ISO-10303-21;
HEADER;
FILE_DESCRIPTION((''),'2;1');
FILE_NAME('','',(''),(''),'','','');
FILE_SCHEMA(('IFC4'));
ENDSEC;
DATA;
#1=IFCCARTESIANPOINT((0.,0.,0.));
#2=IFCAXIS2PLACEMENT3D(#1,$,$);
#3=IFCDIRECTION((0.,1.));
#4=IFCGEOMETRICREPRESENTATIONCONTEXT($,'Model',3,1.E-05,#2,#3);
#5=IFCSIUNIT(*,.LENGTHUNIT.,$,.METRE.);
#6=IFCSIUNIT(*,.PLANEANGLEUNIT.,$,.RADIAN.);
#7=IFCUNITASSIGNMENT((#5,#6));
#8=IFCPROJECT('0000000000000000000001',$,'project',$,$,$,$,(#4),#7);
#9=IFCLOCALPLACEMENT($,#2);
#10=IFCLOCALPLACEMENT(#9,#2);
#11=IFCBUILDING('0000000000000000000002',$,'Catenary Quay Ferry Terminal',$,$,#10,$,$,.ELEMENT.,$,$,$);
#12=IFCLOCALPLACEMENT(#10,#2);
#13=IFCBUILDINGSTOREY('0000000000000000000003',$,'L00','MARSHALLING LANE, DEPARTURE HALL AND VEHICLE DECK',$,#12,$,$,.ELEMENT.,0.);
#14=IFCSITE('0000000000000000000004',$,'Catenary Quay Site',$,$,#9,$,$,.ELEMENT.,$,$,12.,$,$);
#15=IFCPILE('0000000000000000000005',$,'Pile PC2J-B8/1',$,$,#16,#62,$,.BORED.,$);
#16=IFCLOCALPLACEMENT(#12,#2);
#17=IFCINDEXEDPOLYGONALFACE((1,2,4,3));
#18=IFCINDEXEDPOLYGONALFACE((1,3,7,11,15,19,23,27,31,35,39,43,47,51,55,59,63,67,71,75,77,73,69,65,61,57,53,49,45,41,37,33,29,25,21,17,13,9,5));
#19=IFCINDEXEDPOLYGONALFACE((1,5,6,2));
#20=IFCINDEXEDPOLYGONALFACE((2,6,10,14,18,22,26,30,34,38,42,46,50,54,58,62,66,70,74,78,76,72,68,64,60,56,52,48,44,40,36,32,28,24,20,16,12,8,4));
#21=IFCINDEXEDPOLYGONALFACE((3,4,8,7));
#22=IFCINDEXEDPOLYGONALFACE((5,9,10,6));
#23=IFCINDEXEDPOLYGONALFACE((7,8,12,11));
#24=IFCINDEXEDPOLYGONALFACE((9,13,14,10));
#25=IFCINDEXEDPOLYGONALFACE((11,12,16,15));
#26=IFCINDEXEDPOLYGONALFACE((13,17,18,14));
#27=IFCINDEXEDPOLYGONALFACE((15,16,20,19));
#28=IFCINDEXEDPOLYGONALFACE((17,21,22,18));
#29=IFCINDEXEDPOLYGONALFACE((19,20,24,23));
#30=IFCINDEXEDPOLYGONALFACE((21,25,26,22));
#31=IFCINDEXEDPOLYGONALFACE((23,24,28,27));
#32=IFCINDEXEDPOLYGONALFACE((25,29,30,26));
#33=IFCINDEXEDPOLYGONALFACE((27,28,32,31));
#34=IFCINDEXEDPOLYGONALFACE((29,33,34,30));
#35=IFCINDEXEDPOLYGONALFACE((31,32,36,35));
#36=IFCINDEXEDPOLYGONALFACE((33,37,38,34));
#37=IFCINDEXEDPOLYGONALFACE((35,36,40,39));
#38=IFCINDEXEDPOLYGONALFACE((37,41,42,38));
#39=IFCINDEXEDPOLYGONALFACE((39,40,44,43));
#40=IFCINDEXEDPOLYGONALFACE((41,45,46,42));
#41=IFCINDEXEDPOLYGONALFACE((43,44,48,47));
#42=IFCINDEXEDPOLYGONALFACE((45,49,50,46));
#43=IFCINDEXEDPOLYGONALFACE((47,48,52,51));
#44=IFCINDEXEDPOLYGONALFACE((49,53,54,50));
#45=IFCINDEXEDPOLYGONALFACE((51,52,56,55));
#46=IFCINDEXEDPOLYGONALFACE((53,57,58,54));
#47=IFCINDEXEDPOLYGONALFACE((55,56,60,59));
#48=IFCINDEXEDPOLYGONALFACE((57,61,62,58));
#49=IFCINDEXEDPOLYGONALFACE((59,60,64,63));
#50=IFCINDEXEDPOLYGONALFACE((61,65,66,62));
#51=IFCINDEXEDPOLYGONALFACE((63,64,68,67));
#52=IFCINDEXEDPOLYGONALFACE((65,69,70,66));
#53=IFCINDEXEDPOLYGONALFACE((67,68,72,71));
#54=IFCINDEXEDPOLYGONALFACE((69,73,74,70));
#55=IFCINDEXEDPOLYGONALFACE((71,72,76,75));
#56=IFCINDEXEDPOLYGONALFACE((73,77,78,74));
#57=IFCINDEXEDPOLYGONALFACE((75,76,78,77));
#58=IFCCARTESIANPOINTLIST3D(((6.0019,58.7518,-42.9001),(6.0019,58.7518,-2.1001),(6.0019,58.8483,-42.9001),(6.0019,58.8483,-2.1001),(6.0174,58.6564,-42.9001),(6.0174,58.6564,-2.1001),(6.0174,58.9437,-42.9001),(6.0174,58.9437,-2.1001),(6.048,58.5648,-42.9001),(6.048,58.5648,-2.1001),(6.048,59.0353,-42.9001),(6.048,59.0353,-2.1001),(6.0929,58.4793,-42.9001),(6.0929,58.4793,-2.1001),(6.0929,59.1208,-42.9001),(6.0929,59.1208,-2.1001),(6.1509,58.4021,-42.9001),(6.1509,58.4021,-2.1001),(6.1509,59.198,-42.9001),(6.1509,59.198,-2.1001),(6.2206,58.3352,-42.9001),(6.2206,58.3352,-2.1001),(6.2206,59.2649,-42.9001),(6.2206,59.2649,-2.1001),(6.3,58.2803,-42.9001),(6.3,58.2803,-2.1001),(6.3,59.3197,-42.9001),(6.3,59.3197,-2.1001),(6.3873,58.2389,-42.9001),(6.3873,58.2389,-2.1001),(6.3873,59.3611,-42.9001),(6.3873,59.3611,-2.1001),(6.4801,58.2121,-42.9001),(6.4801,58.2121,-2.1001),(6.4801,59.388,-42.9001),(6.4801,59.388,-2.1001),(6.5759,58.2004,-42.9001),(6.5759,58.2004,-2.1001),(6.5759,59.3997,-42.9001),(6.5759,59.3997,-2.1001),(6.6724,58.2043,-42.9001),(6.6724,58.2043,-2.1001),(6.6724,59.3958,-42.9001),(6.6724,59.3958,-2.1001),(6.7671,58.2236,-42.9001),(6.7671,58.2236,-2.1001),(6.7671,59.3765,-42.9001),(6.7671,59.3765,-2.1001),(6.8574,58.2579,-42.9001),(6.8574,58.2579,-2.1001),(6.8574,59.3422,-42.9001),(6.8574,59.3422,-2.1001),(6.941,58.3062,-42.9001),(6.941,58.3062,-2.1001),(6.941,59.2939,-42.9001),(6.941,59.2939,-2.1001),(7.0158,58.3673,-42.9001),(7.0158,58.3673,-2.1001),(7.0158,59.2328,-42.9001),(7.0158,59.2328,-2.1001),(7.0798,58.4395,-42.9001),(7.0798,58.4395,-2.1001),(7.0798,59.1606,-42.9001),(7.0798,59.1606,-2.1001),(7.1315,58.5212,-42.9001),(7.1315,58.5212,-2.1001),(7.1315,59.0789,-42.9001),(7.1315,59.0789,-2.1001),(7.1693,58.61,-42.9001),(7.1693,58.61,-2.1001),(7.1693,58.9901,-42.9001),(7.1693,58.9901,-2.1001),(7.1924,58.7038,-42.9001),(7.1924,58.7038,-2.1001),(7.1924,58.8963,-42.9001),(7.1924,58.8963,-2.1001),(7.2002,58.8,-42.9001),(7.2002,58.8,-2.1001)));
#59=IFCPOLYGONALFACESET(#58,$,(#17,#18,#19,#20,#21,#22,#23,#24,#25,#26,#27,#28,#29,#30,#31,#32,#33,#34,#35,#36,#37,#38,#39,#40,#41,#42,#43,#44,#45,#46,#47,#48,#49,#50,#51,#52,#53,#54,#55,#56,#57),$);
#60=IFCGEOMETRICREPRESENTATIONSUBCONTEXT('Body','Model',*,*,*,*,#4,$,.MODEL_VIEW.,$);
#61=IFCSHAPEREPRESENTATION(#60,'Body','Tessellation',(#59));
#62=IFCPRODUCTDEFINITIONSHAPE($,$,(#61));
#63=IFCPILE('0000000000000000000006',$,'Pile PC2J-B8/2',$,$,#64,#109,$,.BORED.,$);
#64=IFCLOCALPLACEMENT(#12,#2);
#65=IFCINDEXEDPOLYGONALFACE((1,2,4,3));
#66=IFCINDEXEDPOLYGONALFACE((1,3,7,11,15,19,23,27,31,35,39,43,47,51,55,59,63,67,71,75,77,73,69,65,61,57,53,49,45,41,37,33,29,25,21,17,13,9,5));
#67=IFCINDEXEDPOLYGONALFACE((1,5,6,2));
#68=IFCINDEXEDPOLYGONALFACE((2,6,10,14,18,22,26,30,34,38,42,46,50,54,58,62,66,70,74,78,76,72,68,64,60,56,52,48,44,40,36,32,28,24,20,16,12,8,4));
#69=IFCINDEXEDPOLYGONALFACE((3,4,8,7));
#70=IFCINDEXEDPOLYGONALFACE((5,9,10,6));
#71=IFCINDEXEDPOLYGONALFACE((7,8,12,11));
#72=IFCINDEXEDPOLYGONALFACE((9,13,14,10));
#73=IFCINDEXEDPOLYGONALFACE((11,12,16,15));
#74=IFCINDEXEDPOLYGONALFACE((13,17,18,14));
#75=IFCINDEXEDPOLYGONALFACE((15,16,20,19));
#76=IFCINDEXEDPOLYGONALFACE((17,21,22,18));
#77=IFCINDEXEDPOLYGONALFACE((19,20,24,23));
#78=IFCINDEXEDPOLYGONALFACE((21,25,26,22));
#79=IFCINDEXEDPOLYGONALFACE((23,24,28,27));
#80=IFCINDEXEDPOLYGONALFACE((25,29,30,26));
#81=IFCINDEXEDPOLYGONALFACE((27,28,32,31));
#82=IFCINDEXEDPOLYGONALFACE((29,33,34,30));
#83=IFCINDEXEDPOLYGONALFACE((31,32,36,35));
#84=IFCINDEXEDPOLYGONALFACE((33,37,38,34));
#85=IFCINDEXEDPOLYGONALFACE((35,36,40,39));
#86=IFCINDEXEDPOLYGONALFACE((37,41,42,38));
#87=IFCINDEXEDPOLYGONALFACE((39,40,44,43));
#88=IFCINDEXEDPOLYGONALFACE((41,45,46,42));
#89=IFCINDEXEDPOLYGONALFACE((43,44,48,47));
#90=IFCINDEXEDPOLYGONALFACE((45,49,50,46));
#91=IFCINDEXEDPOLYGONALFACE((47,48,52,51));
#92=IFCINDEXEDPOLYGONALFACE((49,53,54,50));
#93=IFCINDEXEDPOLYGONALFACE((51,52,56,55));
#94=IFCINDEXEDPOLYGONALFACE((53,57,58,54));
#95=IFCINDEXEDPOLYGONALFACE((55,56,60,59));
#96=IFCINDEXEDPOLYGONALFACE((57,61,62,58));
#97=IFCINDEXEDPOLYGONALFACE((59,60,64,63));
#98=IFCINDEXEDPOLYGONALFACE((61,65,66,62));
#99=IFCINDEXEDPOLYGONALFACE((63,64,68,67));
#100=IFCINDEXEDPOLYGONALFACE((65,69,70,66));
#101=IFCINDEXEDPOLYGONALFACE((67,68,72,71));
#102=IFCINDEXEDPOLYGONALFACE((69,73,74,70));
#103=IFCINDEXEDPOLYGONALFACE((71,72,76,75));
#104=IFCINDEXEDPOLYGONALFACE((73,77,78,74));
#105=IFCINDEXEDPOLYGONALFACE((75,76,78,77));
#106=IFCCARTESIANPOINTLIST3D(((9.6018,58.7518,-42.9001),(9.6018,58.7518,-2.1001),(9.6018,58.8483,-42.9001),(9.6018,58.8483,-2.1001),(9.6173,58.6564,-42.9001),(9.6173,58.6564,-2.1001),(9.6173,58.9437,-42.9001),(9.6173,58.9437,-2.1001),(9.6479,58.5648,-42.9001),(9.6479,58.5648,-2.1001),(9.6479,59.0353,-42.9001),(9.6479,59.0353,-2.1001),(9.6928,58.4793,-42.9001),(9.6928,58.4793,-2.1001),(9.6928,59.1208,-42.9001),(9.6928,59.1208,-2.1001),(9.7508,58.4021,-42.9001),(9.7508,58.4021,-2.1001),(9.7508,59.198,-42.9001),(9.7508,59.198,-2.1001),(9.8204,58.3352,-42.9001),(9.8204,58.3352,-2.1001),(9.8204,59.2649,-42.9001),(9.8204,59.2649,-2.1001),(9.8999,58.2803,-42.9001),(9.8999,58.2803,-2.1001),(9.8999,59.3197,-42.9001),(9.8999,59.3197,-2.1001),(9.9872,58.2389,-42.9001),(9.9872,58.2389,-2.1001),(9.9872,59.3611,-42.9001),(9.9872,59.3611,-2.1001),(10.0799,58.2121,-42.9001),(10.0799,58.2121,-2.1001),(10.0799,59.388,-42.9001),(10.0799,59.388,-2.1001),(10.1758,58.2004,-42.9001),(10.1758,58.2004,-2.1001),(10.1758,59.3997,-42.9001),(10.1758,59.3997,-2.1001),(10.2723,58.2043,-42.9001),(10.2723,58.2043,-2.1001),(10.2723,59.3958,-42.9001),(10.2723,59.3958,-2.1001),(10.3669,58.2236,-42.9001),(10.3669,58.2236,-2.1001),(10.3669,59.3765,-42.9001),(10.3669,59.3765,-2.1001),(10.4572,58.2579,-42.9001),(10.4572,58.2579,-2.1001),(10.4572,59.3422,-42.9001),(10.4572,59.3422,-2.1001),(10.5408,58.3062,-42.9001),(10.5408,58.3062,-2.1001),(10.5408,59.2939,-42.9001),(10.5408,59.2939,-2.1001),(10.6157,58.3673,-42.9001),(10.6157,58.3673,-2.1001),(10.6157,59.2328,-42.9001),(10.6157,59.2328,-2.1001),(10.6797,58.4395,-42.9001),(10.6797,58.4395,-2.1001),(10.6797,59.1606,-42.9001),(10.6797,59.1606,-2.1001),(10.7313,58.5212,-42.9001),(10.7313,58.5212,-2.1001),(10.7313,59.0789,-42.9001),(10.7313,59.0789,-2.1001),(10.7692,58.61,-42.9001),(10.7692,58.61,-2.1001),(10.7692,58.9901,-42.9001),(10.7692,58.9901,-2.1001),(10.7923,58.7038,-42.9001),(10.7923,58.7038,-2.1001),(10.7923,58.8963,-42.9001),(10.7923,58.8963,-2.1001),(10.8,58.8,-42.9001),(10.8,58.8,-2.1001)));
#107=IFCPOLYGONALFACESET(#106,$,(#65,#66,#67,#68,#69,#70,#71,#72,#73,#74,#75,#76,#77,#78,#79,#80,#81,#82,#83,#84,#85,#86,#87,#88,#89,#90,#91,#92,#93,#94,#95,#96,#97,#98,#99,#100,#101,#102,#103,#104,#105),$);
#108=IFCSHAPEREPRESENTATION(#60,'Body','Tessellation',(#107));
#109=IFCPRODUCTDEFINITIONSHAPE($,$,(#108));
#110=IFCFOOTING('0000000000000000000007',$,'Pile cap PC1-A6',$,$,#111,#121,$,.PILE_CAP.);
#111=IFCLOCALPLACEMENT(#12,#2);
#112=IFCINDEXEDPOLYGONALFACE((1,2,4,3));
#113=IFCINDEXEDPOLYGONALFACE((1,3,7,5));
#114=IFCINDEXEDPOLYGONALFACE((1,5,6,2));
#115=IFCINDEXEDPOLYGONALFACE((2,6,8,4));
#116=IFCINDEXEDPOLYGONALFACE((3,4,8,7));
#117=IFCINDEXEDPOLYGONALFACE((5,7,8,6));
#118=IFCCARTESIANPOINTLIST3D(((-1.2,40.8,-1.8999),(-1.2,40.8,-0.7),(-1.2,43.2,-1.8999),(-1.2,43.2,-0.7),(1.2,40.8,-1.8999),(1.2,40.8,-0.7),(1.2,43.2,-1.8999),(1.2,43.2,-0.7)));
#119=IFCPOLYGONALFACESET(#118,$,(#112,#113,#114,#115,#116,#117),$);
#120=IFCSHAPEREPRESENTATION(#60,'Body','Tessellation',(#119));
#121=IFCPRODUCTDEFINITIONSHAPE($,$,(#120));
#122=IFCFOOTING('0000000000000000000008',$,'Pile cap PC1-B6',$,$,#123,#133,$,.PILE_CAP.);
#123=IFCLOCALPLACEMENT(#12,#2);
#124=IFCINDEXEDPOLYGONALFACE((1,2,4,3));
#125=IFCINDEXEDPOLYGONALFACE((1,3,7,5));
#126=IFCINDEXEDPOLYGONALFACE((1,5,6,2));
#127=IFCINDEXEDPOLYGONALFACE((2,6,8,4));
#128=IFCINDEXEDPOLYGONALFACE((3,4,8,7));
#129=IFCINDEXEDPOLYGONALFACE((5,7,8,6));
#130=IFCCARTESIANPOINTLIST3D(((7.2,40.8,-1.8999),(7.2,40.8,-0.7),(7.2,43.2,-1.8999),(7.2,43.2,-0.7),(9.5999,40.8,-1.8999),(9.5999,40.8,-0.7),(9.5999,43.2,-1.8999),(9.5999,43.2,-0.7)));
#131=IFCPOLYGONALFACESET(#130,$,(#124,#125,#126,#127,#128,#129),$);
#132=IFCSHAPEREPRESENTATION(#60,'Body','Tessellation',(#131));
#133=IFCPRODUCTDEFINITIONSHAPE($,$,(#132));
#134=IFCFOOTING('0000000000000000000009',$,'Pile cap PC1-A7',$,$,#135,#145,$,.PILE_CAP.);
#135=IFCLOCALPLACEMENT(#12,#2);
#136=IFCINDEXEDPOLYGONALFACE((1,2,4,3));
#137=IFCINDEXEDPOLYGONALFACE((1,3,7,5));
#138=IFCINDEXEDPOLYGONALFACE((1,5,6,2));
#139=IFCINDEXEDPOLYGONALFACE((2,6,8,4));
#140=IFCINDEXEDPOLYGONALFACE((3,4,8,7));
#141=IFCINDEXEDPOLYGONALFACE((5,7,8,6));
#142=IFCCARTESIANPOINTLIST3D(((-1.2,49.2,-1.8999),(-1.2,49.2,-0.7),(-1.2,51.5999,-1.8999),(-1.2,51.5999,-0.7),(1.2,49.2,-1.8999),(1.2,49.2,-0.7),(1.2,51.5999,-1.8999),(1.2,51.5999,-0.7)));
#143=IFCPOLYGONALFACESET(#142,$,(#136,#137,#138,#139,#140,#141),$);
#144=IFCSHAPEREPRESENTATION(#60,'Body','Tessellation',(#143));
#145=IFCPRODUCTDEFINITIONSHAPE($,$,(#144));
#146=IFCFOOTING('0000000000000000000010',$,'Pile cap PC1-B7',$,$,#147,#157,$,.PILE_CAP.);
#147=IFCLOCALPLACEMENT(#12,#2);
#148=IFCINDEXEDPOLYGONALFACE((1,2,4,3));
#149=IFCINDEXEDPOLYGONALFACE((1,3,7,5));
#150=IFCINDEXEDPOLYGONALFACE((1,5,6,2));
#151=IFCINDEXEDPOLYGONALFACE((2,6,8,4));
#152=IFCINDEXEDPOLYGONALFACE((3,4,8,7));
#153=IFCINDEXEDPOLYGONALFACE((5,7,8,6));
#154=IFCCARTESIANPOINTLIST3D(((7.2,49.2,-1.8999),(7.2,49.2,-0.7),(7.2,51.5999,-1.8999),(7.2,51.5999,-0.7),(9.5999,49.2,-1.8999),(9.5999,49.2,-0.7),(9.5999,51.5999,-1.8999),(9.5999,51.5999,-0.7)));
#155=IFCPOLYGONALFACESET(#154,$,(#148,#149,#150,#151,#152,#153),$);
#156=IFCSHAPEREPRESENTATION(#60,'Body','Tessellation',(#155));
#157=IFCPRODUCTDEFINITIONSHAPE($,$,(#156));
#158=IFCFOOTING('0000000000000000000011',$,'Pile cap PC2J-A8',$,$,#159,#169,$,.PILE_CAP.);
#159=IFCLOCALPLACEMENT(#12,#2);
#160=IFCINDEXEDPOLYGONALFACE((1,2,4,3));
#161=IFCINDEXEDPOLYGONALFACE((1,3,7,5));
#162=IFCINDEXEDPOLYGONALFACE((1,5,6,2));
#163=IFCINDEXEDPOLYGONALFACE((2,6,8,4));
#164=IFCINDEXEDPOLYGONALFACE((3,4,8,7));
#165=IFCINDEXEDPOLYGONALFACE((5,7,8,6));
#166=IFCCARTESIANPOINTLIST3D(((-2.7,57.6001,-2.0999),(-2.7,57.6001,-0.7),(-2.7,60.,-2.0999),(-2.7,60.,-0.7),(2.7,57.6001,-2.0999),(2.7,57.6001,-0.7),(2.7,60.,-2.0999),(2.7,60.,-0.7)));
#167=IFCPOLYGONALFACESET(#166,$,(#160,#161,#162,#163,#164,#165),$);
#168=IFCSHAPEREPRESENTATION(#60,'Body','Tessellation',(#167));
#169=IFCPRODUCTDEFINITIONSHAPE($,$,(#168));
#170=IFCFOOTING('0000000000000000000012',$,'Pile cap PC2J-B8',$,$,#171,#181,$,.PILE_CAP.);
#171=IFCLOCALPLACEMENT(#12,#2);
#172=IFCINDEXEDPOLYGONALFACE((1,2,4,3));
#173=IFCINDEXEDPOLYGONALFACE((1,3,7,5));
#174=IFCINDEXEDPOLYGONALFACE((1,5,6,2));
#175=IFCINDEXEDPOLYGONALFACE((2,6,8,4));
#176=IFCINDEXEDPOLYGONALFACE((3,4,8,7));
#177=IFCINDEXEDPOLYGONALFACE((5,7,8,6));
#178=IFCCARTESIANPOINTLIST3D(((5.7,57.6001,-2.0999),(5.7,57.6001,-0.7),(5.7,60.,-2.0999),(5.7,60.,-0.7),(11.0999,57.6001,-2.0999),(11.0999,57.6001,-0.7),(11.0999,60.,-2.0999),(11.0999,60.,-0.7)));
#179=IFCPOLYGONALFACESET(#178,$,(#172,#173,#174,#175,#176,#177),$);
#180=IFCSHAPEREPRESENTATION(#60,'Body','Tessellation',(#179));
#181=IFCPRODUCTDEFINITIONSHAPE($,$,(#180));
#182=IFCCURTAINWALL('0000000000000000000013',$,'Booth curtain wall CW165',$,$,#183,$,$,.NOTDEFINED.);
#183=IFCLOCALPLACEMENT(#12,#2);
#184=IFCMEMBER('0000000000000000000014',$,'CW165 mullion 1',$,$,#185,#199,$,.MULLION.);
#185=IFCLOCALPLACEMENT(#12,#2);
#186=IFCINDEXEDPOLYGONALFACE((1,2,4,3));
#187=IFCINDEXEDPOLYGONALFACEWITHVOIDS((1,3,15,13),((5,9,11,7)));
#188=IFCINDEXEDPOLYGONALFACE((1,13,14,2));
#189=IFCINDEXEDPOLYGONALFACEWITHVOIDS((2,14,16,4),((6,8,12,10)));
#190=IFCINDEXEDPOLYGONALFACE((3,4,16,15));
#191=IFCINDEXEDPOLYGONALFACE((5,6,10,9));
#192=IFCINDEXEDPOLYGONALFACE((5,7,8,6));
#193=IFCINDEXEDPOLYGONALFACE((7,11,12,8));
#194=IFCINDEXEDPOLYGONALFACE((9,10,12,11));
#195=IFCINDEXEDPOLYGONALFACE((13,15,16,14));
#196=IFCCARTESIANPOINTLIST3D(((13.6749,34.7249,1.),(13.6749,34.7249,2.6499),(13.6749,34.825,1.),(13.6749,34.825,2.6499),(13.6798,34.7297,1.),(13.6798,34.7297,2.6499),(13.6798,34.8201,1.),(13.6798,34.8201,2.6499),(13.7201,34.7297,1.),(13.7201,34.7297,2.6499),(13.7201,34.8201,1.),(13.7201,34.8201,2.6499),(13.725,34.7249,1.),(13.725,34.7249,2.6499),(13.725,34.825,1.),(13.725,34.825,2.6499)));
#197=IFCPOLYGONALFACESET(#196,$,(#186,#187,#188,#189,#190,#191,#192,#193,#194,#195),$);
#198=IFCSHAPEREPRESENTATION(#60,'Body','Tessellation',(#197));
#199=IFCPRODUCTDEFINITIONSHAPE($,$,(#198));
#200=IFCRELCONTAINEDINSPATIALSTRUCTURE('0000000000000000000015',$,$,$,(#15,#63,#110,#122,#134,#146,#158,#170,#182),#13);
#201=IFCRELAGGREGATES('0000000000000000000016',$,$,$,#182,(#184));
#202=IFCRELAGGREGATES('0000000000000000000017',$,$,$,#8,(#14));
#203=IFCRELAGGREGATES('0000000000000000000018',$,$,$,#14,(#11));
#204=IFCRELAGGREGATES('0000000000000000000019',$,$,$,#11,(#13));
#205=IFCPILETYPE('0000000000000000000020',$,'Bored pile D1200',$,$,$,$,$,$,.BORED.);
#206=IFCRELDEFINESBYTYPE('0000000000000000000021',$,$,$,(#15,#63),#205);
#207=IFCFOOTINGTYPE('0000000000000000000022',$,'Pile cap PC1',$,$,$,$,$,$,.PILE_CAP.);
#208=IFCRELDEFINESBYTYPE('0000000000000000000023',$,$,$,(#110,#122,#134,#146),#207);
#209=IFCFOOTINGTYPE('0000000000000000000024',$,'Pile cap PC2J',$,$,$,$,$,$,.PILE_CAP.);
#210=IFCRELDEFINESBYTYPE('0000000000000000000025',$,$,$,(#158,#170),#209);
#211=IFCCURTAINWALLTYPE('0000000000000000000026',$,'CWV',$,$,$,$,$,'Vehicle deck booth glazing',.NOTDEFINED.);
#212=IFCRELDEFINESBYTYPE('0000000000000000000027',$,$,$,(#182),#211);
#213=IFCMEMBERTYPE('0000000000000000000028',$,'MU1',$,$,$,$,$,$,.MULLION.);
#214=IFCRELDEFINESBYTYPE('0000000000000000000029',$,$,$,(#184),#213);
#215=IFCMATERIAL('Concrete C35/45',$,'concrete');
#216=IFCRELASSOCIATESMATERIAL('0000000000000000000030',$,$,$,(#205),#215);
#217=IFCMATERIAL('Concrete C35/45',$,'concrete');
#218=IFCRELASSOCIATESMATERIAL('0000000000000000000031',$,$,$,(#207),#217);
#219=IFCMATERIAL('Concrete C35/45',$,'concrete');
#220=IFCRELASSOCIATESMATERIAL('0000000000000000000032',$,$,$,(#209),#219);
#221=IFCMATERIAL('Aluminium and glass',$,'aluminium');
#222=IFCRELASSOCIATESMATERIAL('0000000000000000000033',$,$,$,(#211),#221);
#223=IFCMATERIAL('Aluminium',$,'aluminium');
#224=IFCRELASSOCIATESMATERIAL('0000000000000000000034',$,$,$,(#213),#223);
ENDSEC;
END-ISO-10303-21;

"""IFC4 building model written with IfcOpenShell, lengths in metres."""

from ifc_helpers import new_model, si_unit, direction, frame, origin, origin_2d, place, context, subcontext, project, spatial, rectangle, hollow_rectangle, circle, extrude, material, material_profile, profile_set, type_object, element, aggregate, save


model = new_model("IFC4")

# Units and contexts
model_context = context("Model", 3, precision=1e-05, world=origin(), true_north=direction((0.0, 1.0)))
body_context = subcontext(model_context, "Body", "Model", "MODEL_VIEW")
ifc_project = project(units=[si_unit("LENGTHUNIT", "METRE"), si_unit("PLANEANGLEUNIT", "RADIAN")], contexts=[model_context])

# Site, building, storey
site_placement = place(None, origin())
site = spatial("IfcSite", under=ifc_project, at=site_placement, Name="Catenary Quay Site", CompositionType="ELEMENT", RefElevation=12.0)
building_placement = place(site_placement, origin())
building = spatial("IfcBuilding", under=site, at=building_placement, Name="Catenary Quay Ferry Terminal", CompositionType="ELEMENT")
storey_placement = place(building_placement, origin())
storey = spatial("IfcBuildingStorey", under=building, at=storey_placement, Name="L00", Description="MARSHALLING LANE, DEPARTURE HALL AND VEHICLE DECK", CompositionType="ELEMENT", Elevation=0.0)

# Piles
ifc_material_1 = material(Name="Concrete C35/45", Category="concrete")
ifc_material_profile_1 = material_profile(ifc_material_1, circle(Radius=0.6001, at=origin_2d()), Name="D1200")
ifc_profile_set_1 = profile_set([ifc_material_profile_1], Name="Concrete C35/45")
pile_type = type_object("IfcPileType", Name="Bored pile D1200", PredefinedType="BORED", material=ifc_profile_set_1)
for number, where, z_axis, x_axis, name in (
    (1, (6.6001, 58.8, -2.1001), (0.0, 0.0, -1.0), (1.0, 0.0, 0.0), "Pile PC2J-B8/1"),
    (2, (10.2, 58.8, -2.1001), (0.0, 0.0, -1.0), (1.0, 0.0, 0.0), "Pile PC2J-B8/2"),
):
    element("IfcPile", number, at=place(storey_placement, frame(where, z_axis=z_axis, x_axis=x_axis)), inside=storey, type_object=pile_type, Name=name, PredefinedType="BORED", context=body_context, shape_type="SweptSolid", body=[
        extrude(circle(Radius=0.6001, at=origin_2d()), origin(), (0.0, 0.0, 1.0), 40.8),
    ])

# Footings
ifc_material_2 = material(Name="Concrete C35/45", Category="concrete")
footing_type_1 = type_object("IfcFootingType", Name="Pile cap PC1", PredefinedType="PILE_CAP", material=ifc_material_2)
for number, where, z_axis, x_axis, name in (
    (3, (0.0, 42.0, -1.8999), (0.0, 0.0, 1.0), (1.0, 0.0, 0.0), "Pile cap PC1-A6"),
    (4, (8.3999, 42.0, -1.8999), (0.0, 0.0, 1.0), (1.0, 0.0, 0.0), "Pile cap PC1-B6"),
    (5, (0.0, 50.3999, -1.8999), (0.0, 0.0, 1.0), (1.0, 0.0, 0.0), "Pile cap PC1-A7"),
    (6, (8.3999, 50.3999, -1.8999), (0.0, 0.0, 1.0), (1.0, 0.0, 0.0), "Pile cap PC1-B7"),
):
    element("IfcFooting", number, at=place(storey_placement, frame(where, z_axis=z_axis, x_axis=x_axis)), inside=storey, type_object=footing_type_1, Name=name, PredefinedType="PILE_CAP", context=body_context, shape_type="SweptSolid", body=[
        extrude(rectangle(XDim=2.3999, YDim=2.3999, at=origin_2d()), origin(), (0.0, 0.0, 1.0), 1.2),
    ])
ifc_material_3 = material(Name="Concrete C35/45", Category="concrete")
footing_type_2 = type_object("IfcFootingType", Name="Pile cap PC2J", PredefinedType="PILE_CAP", material=ifc_material_3)
for number, where, z_axis, x_axis, name in (
    (7, (0.0, 58.8, -2.0999), (0.0, 0.0, 1.0), (1.0, 0.0, 0.0), "Pile cap PC2J-A8"),
    (8, (8.3999, 58.8, -2.0999), (0.0, 0.0, 1.0), (1.0, 0.0, 0.0), "Pile cap PC2J-B8"),
):
    element("IfcFooting", number, at=place(storey_placement, frame(where, z_axis=z_axis, x_axis=x_axis)), inside=storey, type_object=footing_type_2, Name=name, PredefinedType="PILE_CAP", context=body_context, shape_type="SweptSolid", body=[
        extrude(rectangle(XDim=5.3999, YDim=2.3999, at=origin_2d()), origin(), (0.0, 0.0, 1.0), 1.3999),
    ])

# Curtain wall, member
ifc_material_4 = material(Name="Aluminium and glass", Category="aluminium")
curtain_wall_type = type_object("IfcCurtainWallType", Name="CWV", ElementType="Vehicle deck booth glazing", PredefinedType="NOTDEFINED", material=ifc_material_4)
curtain_wall_placement = place(storey_placement, origin())
curtain_wall = element("IfcCurtainWall", 9, at=curtain_wall_placement, inside=storey, type_object=curtain_wall_type, Name="Booth curtain wall CW165", PredefinedType="NOTDEFINED")
ifc_material_5 = material(Name="Aluminium", Category="aluminium")
ifc_material_profile_2 = material_profile(ifc_material_5, hollow_rectangle(XDim=0.05, YDim=0.1001, WallThickness=0.0049, at=origin_2d()), Name="MU1")
ifc_profile_set_2 = profile_set([ifc_material_profile_2], Name="Aluminium")
member_type_1 = type_object("IfcMemberType", Name="MU1", PredefinedType="MULLION", material=ifc_profile_set_2)
member_1_placement = place(storey_placement, frame((13.7, 34.7749, 1.0), z_axis=(0.0, 0.0, 1.0), x_axis=(-1.0, 0.0, 0.0)))
member_1 = element("IfcMember", 10, at=member_1_placement, type_object=member_type_1, Name="CW165 mullion 1", PredefinedType="MULLION", context=body_context, shape_type="SweptSolid", body=[
    extrude(hollow_rectangle(XDim=0.05, YDim=0.1001, WallThickness=0.0049, at=origin_2d()), origin(), (0.0, 0.0, 1.0), 1.6499),
])
aggregate(curtain_wall, [member_1])

save(model, "model.ifc")
